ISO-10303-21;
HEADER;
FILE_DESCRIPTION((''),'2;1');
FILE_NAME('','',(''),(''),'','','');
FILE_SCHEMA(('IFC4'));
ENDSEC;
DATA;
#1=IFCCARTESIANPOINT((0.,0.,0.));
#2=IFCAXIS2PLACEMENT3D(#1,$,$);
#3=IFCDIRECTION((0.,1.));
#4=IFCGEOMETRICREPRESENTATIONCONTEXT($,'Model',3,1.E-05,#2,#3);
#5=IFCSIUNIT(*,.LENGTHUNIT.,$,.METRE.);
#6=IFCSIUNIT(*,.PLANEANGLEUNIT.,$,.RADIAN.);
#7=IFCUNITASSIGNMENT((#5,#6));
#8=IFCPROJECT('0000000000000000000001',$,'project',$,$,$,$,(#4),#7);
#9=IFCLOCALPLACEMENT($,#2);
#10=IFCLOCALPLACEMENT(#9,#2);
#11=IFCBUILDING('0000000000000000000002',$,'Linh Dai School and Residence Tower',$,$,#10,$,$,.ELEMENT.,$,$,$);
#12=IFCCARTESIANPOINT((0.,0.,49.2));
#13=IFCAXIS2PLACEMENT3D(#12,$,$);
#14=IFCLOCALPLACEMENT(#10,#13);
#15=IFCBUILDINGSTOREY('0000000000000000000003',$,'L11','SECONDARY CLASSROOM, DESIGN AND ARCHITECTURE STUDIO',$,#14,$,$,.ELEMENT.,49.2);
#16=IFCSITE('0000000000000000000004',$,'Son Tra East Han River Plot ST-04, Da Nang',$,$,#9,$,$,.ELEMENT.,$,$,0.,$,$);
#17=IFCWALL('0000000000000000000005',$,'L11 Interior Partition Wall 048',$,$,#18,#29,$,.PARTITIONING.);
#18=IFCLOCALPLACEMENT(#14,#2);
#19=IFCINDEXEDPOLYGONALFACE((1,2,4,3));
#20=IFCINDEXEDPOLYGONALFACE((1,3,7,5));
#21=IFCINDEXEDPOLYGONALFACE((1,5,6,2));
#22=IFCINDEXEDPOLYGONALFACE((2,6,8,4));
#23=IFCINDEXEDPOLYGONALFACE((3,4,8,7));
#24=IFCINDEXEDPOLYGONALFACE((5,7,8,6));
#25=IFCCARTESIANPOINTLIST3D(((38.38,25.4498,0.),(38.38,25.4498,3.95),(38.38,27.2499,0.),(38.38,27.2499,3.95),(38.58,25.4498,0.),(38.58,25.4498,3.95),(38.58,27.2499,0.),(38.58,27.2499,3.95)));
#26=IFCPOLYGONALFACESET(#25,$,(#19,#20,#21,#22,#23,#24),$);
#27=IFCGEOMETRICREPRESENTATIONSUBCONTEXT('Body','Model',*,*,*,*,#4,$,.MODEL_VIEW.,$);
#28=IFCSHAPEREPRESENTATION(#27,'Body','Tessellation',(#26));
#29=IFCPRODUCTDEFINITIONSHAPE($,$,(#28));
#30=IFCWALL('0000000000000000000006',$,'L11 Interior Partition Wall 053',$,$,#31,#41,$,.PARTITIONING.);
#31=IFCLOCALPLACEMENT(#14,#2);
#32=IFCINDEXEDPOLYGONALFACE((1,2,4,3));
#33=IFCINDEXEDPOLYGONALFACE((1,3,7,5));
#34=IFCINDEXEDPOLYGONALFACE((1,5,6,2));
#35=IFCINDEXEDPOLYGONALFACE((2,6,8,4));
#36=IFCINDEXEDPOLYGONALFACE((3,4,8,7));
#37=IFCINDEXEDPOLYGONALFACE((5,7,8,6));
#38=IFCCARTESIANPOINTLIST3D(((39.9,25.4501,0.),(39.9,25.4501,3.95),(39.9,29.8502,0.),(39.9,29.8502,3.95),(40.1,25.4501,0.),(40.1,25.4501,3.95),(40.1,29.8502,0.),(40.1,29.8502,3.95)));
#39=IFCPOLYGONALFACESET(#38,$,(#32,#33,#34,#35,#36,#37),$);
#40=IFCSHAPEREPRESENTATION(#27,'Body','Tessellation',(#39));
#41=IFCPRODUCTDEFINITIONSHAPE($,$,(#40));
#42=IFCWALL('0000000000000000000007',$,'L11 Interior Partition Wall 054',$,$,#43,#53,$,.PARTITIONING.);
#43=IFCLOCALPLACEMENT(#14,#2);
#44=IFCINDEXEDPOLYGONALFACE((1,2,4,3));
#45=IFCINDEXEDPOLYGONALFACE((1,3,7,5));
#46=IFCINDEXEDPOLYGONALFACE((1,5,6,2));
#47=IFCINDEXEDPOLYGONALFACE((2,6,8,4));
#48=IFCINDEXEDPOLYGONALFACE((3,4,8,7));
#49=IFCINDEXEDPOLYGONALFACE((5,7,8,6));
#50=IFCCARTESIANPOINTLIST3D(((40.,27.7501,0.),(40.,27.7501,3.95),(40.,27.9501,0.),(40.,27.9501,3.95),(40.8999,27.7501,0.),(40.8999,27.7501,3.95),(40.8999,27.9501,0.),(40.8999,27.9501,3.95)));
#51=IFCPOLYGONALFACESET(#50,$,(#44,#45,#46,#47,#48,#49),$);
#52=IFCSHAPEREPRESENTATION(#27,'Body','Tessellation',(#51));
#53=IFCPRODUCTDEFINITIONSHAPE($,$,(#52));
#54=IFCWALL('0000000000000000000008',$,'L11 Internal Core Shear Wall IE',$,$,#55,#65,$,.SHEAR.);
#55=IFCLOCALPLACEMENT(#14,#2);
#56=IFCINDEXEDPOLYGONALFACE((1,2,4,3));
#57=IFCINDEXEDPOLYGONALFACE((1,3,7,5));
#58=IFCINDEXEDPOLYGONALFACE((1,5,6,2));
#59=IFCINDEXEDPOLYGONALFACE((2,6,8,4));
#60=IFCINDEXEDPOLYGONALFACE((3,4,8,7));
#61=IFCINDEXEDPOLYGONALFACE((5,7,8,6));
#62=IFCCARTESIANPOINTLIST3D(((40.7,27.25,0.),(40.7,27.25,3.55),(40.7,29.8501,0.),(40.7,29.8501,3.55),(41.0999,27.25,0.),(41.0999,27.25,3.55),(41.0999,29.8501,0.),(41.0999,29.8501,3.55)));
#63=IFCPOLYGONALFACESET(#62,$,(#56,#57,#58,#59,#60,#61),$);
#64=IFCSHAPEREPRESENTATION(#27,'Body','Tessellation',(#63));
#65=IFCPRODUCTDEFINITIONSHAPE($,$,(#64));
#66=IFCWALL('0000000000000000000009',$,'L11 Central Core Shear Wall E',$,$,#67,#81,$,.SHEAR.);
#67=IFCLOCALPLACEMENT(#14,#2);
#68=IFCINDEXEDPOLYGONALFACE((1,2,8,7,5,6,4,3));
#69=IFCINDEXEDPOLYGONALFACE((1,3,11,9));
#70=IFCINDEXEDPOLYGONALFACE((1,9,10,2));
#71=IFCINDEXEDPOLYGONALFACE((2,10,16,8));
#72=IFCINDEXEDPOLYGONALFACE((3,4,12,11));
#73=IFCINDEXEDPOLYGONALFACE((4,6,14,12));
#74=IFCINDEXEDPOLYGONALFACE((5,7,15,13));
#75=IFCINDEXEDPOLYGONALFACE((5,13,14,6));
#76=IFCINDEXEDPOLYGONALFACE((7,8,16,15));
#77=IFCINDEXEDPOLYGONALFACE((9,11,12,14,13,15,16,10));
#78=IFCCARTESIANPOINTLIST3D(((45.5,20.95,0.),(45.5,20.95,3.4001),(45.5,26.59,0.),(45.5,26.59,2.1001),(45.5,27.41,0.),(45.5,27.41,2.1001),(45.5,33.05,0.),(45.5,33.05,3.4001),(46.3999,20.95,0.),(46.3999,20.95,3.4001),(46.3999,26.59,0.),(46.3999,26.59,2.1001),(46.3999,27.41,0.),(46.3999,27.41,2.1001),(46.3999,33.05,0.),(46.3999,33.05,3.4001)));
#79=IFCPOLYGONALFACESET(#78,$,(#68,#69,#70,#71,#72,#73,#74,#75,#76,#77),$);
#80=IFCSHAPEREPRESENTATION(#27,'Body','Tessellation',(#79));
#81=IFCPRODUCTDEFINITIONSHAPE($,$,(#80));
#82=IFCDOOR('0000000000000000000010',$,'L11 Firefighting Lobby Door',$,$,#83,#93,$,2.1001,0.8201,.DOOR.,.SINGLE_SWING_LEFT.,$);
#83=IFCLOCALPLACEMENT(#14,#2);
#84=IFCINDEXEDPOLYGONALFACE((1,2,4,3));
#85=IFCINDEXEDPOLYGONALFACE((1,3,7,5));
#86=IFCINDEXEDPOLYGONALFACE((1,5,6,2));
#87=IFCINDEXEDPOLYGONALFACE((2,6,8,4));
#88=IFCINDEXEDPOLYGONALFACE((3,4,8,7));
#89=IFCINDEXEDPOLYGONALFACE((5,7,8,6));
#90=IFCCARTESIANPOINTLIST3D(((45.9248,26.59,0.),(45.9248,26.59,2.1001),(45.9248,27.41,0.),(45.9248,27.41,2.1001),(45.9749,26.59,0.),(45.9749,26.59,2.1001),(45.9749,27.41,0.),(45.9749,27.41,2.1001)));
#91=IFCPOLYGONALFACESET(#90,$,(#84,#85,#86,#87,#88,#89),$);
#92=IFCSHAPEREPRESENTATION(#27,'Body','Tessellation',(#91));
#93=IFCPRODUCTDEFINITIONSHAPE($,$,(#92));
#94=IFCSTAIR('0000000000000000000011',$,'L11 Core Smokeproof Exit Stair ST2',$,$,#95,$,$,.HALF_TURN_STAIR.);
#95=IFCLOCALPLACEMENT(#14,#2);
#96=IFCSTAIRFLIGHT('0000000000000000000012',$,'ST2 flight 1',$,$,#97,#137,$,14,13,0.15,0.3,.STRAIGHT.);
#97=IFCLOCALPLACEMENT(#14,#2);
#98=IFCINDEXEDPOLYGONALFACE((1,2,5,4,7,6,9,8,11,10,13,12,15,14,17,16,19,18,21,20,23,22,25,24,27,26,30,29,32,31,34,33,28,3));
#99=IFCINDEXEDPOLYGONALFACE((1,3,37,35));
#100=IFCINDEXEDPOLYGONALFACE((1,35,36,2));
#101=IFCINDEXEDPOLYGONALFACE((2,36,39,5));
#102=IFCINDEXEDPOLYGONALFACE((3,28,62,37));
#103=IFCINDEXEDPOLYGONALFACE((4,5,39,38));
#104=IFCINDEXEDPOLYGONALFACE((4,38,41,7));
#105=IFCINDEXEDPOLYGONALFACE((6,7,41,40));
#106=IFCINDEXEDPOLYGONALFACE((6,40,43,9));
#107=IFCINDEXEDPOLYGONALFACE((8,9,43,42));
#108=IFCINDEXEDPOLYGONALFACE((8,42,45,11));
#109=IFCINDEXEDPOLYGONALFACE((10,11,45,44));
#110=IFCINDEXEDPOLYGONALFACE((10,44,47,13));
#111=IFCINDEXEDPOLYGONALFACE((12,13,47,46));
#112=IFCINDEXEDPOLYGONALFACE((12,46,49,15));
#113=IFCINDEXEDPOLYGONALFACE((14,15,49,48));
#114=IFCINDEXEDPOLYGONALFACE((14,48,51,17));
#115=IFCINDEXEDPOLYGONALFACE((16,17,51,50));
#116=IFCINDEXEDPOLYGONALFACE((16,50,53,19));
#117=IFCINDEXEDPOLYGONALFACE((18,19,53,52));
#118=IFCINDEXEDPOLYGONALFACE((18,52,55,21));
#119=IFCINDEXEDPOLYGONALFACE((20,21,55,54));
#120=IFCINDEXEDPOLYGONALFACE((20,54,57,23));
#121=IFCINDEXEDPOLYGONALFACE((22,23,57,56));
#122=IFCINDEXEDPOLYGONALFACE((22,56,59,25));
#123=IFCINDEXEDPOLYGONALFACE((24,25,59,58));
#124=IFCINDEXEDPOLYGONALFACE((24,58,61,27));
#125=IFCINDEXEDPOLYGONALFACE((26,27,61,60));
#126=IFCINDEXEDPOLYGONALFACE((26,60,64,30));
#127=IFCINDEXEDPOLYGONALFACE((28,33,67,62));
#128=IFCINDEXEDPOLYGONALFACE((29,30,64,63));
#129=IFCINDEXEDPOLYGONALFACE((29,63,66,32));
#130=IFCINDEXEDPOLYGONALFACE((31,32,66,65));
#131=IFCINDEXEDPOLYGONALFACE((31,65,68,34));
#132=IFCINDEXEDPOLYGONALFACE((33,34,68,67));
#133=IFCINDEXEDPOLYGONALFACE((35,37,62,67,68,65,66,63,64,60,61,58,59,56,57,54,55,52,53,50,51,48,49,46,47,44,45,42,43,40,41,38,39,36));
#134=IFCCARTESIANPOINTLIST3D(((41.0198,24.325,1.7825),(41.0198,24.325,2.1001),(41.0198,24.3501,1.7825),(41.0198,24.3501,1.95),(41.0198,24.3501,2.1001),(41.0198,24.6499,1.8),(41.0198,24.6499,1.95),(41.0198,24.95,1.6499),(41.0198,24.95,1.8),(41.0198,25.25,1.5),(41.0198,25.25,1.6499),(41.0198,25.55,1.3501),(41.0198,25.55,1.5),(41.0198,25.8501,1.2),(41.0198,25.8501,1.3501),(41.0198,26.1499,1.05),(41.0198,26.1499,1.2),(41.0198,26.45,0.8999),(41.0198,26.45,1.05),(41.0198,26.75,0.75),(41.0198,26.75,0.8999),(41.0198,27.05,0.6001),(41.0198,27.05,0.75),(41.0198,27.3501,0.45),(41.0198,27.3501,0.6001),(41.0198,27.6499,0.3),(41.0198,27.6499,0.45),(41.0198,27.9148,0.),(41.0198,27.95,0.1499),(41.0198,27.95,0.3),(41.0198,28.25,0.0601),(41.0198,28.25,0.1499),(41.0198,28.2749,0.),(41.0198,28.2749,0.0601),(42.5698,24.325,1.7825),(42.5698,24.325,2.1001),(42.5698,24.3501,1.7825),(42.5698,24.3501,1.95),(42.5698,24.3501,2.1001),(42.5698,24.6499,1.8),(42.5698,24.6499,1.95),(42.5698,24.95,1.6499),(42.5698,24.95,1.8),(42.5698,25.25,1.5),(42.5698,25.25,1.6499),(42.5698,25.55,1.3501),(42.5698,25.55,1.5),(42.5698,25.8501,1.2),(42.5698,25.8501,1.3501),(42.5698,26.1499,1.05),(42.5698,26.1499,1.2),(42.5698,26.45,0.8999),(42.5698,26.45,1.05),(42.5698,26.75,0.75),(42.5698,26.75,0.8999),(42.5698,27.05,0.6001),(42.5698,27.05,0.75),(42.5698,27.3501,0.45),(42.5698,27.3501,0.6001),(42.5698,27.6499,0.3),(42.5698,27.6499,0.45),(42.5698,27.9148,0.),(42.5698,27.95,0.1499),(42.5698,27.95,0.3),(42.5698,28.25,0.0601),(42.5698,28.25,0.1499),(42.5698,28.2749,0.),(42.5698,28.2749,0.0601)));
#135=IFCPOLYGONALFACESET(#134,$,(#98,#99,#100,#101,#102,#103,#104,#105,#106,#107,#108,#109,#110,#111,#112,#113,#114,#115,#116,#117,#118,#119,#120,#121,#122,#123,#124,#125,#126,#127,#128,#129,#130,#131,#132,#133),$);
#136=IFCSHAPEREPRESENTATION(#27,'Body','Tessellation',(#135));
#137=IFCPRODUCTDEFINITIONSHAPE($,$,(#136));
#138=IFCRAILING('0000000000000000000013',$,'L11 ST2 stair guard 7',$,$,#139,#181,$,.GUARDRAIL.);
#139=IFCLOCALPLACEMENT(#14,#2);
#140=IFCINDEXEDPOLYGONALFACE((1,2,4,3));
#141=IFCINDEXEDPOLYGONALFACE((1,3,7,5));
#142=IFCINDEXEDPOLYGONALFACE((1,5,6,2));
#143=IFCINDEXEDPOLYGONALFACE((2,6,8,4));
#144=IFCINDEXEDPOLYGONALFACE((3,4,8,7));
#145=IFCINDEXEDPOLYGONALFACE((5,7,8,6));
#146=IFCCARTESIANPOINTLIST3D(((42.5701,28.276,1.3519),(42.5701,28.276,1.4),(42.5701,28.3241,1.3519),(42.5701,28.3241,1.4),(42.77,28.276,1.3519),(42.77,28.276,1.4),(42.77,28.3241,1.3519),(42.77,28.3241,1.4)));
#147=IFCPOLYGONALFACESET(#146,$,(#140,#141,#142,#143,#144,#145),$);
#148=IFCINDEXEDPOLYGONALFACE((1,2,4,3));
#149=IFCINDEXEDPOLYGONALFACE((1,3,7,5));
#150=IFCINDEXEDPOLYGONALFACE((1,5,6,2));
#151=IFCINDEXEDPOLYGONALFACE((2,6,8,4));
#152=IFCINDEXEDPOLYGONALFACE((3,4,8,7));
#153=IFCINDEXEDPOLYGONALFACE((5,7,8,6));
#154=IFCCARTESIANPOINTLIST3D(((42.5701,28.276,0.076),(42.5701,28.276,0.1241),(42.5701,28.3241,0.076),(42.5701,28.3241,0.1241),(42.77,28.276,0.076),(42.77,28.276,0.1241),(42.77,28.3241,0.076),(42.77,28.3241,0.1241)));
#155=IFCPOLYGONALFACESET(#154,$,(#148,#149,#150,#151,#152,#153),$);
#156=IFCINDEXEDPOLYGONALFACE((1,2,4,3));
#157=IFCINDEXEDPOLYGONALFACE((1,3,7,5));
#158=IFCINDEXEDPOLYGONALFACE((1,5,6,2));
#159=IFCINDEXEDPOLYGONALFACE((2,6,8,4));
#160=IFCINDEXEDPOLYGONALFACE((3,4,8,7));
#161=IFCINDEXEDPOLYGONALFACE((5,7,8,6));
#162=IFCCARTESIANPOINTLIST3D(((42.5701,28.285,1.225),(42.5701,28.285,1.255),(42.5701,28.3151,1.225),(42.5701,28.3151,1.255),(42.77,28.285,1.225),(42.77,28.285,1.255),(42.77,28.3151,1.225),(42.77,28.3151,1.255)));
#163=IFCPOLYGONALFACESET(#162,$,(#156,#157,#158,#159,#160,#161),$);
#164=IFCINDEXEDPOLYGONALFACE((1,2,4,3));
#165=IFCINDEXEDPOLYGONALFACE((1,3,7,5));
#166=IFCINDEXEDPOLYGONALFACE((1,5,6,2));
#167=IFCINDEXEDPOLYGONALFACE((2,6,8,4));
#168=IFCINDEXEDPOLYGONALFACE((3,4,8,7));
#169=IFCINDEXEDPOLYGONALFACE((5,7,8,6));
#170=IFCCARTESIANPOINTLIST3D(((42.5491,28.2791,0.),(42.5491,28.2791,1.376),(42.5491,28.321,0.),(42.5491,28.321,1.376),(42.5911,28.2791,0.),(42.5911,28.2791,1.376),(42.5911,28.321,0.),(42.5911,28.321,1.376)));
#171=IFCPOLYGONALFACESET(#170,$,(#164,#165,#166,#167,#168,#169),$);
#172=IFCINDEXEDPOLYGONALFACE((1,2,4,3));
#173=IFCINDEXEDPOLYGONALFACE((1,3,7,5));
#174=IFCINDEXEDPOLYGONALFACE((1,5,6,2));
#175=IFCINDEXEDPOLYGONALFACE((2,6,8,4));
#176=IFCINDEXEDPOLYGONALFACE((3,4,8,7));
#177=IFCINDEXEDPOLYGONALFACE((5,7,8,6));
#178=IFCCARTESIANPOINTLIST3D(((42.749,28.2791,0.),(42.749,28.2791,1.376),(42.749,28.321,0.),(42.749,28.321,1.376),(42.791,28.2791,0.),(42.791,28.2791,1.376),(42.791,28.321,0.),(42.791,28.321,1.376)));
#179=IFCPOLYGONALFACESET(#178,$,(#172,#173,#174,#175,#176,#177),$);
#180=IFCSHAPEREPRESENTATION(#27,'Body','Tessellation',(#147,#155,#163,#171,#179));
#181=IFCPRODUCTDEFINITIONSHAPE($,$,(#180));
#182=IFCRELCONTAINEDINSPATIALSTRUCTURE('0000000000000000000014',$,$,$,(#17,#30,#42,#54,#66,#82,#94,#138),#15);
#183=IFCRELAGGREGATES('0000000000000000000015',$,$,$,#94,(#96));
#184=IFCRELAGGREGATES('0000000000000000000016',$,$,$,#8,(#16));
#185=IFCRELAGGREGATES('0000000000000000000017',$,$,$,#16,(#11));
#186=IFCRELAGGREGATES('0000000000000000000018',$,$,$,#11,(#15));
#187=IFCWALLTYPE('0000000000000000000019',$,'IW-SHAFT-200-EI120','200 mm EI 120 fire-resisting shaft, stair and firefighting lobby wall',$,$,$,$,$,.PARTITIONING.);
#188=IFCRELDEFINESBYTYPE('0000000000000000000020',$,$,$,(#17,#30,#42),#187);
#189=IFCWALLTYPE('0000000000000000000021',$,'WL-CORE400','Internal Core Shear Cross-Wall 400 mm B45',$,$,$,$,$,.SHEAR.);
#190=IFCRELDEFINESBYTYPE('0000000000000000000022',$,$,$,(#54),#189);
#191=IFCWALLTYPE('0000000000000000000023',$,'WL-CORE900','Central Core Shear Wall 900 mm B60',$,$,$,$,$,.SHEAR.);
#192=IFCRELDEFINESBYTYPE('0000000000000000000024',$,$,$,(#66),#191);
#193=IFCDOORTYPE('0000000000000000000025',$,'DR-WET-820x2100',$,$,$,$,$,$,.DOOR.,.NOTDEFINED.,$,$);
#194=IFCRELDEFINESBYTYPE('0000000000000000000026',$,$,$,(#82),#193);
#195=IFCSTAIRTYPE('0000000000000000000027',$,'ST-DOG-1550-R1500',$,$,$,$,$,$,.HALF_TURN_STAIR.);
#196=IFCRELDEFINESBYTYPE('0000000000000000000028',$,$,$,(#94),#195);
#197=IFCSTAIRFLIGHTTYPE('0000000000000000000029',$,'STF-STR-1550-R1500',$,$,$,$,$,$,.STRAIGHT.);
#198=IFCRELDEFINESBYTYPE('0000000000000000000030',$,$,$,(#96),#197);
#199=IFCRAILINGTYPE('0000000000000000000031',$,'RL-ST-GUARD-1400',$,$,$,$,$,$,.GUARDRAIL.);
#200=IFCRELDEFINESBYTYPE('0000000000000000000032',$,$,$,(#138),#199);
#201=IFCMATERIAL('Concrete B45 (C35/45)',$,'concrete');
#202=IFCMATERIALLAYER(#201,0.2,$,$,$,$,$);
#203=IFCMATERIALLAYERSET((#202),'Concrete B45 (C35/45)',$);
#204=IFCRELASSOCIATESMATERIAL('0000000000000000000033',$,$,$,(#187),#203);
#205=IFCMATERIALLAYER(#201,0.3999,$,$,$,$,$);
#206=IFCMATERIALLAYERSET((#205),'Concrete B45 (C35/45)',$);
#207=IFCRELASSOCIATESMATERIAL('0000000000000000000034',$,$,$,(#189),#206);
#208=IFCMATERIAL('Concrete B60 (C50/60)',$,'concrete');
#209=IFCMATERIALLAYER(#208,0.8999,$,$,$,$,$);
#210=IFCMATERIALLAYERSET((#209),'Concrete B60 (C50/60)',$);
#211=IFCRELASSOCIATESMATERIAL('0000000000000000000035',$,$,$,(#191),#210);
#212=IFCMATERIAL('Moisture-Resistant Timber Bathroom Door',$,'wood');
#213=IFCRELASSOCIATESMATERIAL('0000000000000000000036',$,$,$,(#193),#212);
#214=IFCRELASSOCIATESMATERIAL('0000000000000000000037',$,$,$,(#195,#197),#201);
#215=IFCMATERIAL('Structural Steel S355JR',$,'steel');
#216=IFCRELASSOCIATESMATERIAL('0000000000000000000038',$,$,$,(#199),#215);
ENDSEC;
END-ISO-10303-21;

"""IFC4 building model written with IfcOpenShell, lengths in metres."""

from ifc_helpers import new_model, si_unit, direction, frame, frame_2d, origin, origin_2d, place, context, subcontext, project, spatial, polyline, rectangle, outline, extrude, source, transform, mapped, material, layer, layer_set, type_object, element, fill, aggregate, save


model = new_model("IFC4")

# Units and contexts
model_context = context("Model", 3, precision=1e-05, world=origin(), true_north=direction((0.0, 1.0)))
body_context = subcontext(model_context, "Body", "Model", "MODEL_VIEW")
ifc_project = project(units=[si_unit("LENGTHUNIT", "METRE"), si_unit("PLANEANGLEUNIT", "RADIAN")], contexts=[model_context])

# Site, building, storey
site_placement = place(None, origin())
site = spatial("IfcSite", under=ifc_project, at=site_placement, Name="Son Tra East Han River Plot ST-04, Da Nang", CompositionType="ELEMENT", RefElevation=0.0)
building_placement = place(site_placement, origin())
building = spatial("IfcBuilding", under=site, at=building_placement, Name="Linh Dai School and Residence Tower", CompositionType="ELEMENT")
storey_placement = place(building_placement, frame((0.0, 0.0, 49.2)))
storey = spatial("IfcBuildingStorey", under=building, at=storey_placement, Name="L11", Description="SECONDARY CLASSROOM, DESIGN AND ARCHITECTURE STUDIO", CompositionType="ELEMENT", Elevation=49.2)

# Shared definitions
ifc_material_1 = material(Name="Structural Steel S355JR", Category="steel")

# Walls
ifc_material_2 = material(Name="Concrete B45 (C35/45)", Category="concrete")
ifc_layer_1 = layer(ifc_material_2, 0.2)
ifc_layer_set_1 = layer_set([ifc_layer_1], Name="Concrete B45 (C35/45)")
wall_type_1 = type_object("IfcWallType", Name="IW-SHAFT-200-EI120", Description="200 mm EI 120 fire-resisting shaft, stair and firefighting lobby wall", PredefinedType="PARTITIONING", material=ifc_layer_set_1)
wall_1_placement = place(storey_placement, frame((38.48, 25.45, 0.0), z_axis=(0.0, 0.0, 1.0), x_axis=(0.0, 1.0, 0.0)))
element("IfcWall", 1, at=wall_1_placement, inside=storey, type_object=wall_type_1, Name="L11 Interior Partition Wall 048", PredefinedType="PARTITIONING", context=body_context, shape_type="SweptSolid", body=[
    extrude(rectangle(XDim=1.8, YDim=0.2, at=frame_2d((0.8999, 0.0))), origin(), (0.0, 0.0, 1.0), 3.95),
])
wall_2_placement = place(storey_placement, frame((40.0, 25.45, 0.0), z_axis=(0.0, 0.0, 1.0), x_axis=(0.0, 1.0, 0.0)))
element("IfcWall", 2, at=wall_2_placement, inside=storey, type_object=wall_type_1, Name="L11 Interior Partition Wall 053", PredefinedType="PARTITIONING", context=body_context, shape_type="SweptSolid", body=[
    extrude(rectangle(XDim=4.4001, YDim=0.2, at=frame_2d((2.2002, 0.0))), origin(), (0.0, 0.0, 1.0), 3.95),
])
wall_3_placement = place(storey_placement, frame((40.0, 27.8501, 0.0), z_axis=(0.0, 0.0, 1.0), x_axis=(1.0, 0.0, 0.0)))
element("IfcWall", 3, at=wall_3_placement, inside=storey, type_object=wall_type_1, Name="L11 Interior Partition Wall 054", PredefinedType="PARTITIONING", context=body_context, shape_type="SweptSolid", body=[
    extrude(rectangle(XDim=0.8999, YDim=0.2, at=frame_2d((0.45, 0.0))), origin(), (0.0, 0.0, 1.0), 3.95),
])
ifc_layer_2 = layer(ifc_material_2, 0.3999)
ifc_layer_set_2 = layer_set([ifc_layer_2], Name="Concrete B45 (C35/45)")
wall_type_2 = type_object("IfcWallType", Name="WL-CORE400", Description="Internal Core Shear Cross-Wall 400 mm B45", PredefinedType="SHEAR", material=ifc_layer_set_2)
wall_4_placement = place(storey_placement, frame((40.8999, 27.25, 0.0), z_axis=(0.0, 0.0, 1.0), x_axis=(0.0, 1.0, 0.0)))
element("IfcWall", 4, at=wall_4_placement, inside=storey, type_object=wall_type_2, Name="L11 Internal Core Shear Wall IE", PredefinedType="SHEAR", context=body_context, shape_type="SweptSolid", body=[
    extrude(rectangle(XDim=2.6001, YDim=0.3999, at=frame_2d((1.3, 0.0))), origin(), (0.0, 0.0, 1.0), 3.55),
])

# Wall, opening, door
ifc_material_3 = material(Name="Concrete B60 (C50/60)", Category="concrete")
ifc_layer_3 = layer(ifc_material_3, 0.8999)
ifc_layer_set_3 = layer_set([ifc_layer_3], Name="Concrete B60 (C50/60)")
wall_type_3 = type_object("IfcWallType", Name="WL-CORE900", Description="Central Core Shear Wall 900 mm B60", PredefinedType="SHEAR", material=ifc_layer_set_3)
wall_5_placement = place(storey_placement, frame((45.95, 33.05, 0.0), z_axis=(0.0, 0.0, 1.0), x_axis=(0.0, -1.0, 0.0)))
wall_5 = element("IfcWall", 5, at=wall_5_placement, inside=storey, type_object=wall_type_3, Name="L11 Central Core Shear Wall E", PredefinedType="SHEAR", context=body_context, shape_type="SweptSolid", body=[
    extrude(rectangle(XDim=12.1001, YDim=0.8999, at=frame_2d((6.05, 0.0))), origin(), (0.0, 0.0, 1.0), 3.4001),
])
opening_placement = place(wall_5_placement, frame((5.6399, 0.0, 0.0)))
opening = element("IfcOpeningElement", 6, at=opening_placement, cuts=wall_5, PredefinedType="OPENING", context=body_context, shape_type="SweptSolid", body=[
    extrude(rectangle(XDim=0.8201, YDim=2.1001, at=origin_2d()), frame((0.4102, 0.46, 1.05), z_axis=(0.0, -1.0, 0.0), x_axis=(1.0, 0.0, 0.0)), (0.0, 0.0, 1.0), 0.9199),
])
ifc_material_4 = material(Name="Moisture-Resistant Timber Bathroom Door", Category="wood")
door_type = type_object("IfcDoorType", Name="DR-WET-820x2100", OperationType="NOTDEFINED", PredefinedType="DOOR", material=ifc_material_4)
shared_shape_1 = source(origin(), body_context, "Body", "SweptSolid", [
    extrude(rectangle(XDim=0.8201, YDim=2.1001, at=origin_2d()), frame((0.4102, 0.0249, 1.05), z_axis=(0.0, -1.0, 0.0), x_axis=(1.0, 0.0, 0.0)), (0.0, 0.0, 1.0), 0.05),
])
door_placement = place(opening_placement, origin())
door = element("IfcDoor", 7, at=door_placement, inside=storey, type_object=door_type, Name="L11 Firefighting Lobby Door", OperationType="SINGLE_SWING_LEFT", OverallHeight=2.1001, OverallWidth=0.8201, PredefinedType="DOOR", context=body_context, shape_type="MappedRepresentation", body=[
    mapped(shared_shape_1, transform((0.0, 0.0, 0.0), x_axis=(1.0, 0.0, 0.0), y_axis=(0.0, 1.0, 0.0), z_axis=(0.0, 0.0, 1.0), scale=1.0)),
])
fill(opening, door)

# Stair, stair flight
stair_type = type_object("IfcStairType", Name="ST-DOG-1550-R1500", PredefinedType="HALF_TURN_STAIR", material=ifc_material_2)
stair_placement = place(storey_placement, origin())
stair = element("IfcStair", 8, at=stair_placement, inside=storey, type_object=stair_type, Name="L11 Core Smokeproof Exit Stair ST2", PredefinedType="HALF_TURN_STAIR")
stair_flight_type = type_object("IfcStairFlightType", Name="STF-STR-1550-R1500", PredefinedType="STRAIGHT", material=ifc_material_2)
shared_shape_2 = source(origin(), body_context, "Body", "SweptSolid", [
    extrude(outline(polyline([(-0.0249, 0.0), (-0.0249, 0.0601), (0.0, 0.0601), (0.0, 0.1499), (0.3, 0.1499), (0.3, 0.3), (0.6001, 0.3), (0.6001, 0.45), (0.8999, 0.45), (0.8999, 0.6001), (1.2, 0.6001), (1.2, 0.75), (1.5, 0.75), (1.5, 0.8999), (1.8, 0.8999), (1.8, 1.05), (2.1001, 1.05), (2.1001, 1.2), (2.3999, 1.2), (2.3999, 1.3501), (2.7, 1.3501), (2.7, 1.5), (3.0, 1.5), (3.0, 1.6499), (3.3, 1.6499), (3.3, 1.8), (3.6001, 1.8), (3.6001, 1.95), (3.8999, 1.95), (3.8999, 2.1001), (3.925, 2.1001), (3.925, 1.7825), (3.8999, 1.7825), (0.3352, 0.0), (-0.0249, 0.0)])), frame((0.0, 0.7749, 0.0), z_axis=(0.0, -1.0, 0.0), x_axis=(1.0, 0.0, 0.0)), (0.0, 0.0, 1.0), 1.55),
])
stair_flight_placement = place(storey_placement, frame((41.7949, 28.25, 0.0), z_axis=(0.0, 0.0, 1.0), x_axis=(0.0, -1.0, 0.0)))
stair_flight = element("IfcStairFlight", 9, at=stair_flight_placement, type_object=stair_flight_type, Name="ST2 flight 1", NumberOfRisers=14, NumberOfTreads=13, PredefinedType="STRAIGHT", RiserHeight=0.15, TreadLength=0.3, context=body_context, shape_type="MappedRepresentation", body=[
    mapped(shared_shape_2, transform((0.0, 0.0, 0.0), x_axis=(1.0, 0.0, 0.0), y_axis=(0.0, 1.0, 0.0), z_axis=(0.0, 0.0, 1.0), scale=1.0)),
])
aggregate(stair, [stair_flight])

# Railing
railing_type_1 = type_object("IfcRailingType", Name="RL-ST-GUARD-1400", PredefinedType="GUARDRAIL", material=ifc_material_1)
shared_shape_3 = source(origin(), body_context, "Body", "SweptSolid", [
    extrude(rectangle(XDim=0.0481, YDim=0.0481, at=origin_2d()), frame((0.0, 0.0, 1.376), z_axis=(1.0, 0.0, 0.0), x_axis=(0.0, 1.0, 0.0)), (0.0, 0.0, 1.0), 0.2),
    extrude(rectangle(XDim=0.0481, YDim=0.0481, at=origin_2d()), frame((0.0, 0.0, 0.1001), z_axis=(1.0, 0.0, 0.0), x_axis=(0.0, 1.0, 0.0)), (0.0, 0.0, 1.0), 0.2),
    extrude(rectangle(XDim=0.03, YDim=0.03, at=origin_2d()), frame((0.0, 0.0, 1.24), z_axis=(1.0, 0.0, 0.0), x_axis=(0.0, 1.0, 0.0)), (0.0, 0.0, 1.0), 0.2),
    extrude(rectangle(XDim=0.042, YDim=0.042, at=origin_2d()), origin(), (0.0, 0.0, 1.0), 1.376),
    extrude(rectangle(XDim=0.042, YDim=0.042, at=origin_2d()), frame((0.2, 0.0, 0.0)), (0.0, 0.0, 1.0), 1.376),
])
railing_1_placement = place(storey_placement, frame((42.5701, 28.3, 0.0)))
element("IfcRailing", 10, at=railing_1_placement, inside=storey, type_object=railing_type_1, Name="L11 ST2 stair guard 7", PredefinedType="GUARDRAIL", context=body_context, shape_type="MappedRepresentation", body=[
    mapped(shared_shape_3, transform((0.0, 0.0, 0.0), x_axis=(1.0, 0.0, 0.0), y_axis=(0.0, 1.0, 0.0), z_axis=(0.0, 0.0, 1.0), scale=1.0)),
])

save(model, "model.ifc")
